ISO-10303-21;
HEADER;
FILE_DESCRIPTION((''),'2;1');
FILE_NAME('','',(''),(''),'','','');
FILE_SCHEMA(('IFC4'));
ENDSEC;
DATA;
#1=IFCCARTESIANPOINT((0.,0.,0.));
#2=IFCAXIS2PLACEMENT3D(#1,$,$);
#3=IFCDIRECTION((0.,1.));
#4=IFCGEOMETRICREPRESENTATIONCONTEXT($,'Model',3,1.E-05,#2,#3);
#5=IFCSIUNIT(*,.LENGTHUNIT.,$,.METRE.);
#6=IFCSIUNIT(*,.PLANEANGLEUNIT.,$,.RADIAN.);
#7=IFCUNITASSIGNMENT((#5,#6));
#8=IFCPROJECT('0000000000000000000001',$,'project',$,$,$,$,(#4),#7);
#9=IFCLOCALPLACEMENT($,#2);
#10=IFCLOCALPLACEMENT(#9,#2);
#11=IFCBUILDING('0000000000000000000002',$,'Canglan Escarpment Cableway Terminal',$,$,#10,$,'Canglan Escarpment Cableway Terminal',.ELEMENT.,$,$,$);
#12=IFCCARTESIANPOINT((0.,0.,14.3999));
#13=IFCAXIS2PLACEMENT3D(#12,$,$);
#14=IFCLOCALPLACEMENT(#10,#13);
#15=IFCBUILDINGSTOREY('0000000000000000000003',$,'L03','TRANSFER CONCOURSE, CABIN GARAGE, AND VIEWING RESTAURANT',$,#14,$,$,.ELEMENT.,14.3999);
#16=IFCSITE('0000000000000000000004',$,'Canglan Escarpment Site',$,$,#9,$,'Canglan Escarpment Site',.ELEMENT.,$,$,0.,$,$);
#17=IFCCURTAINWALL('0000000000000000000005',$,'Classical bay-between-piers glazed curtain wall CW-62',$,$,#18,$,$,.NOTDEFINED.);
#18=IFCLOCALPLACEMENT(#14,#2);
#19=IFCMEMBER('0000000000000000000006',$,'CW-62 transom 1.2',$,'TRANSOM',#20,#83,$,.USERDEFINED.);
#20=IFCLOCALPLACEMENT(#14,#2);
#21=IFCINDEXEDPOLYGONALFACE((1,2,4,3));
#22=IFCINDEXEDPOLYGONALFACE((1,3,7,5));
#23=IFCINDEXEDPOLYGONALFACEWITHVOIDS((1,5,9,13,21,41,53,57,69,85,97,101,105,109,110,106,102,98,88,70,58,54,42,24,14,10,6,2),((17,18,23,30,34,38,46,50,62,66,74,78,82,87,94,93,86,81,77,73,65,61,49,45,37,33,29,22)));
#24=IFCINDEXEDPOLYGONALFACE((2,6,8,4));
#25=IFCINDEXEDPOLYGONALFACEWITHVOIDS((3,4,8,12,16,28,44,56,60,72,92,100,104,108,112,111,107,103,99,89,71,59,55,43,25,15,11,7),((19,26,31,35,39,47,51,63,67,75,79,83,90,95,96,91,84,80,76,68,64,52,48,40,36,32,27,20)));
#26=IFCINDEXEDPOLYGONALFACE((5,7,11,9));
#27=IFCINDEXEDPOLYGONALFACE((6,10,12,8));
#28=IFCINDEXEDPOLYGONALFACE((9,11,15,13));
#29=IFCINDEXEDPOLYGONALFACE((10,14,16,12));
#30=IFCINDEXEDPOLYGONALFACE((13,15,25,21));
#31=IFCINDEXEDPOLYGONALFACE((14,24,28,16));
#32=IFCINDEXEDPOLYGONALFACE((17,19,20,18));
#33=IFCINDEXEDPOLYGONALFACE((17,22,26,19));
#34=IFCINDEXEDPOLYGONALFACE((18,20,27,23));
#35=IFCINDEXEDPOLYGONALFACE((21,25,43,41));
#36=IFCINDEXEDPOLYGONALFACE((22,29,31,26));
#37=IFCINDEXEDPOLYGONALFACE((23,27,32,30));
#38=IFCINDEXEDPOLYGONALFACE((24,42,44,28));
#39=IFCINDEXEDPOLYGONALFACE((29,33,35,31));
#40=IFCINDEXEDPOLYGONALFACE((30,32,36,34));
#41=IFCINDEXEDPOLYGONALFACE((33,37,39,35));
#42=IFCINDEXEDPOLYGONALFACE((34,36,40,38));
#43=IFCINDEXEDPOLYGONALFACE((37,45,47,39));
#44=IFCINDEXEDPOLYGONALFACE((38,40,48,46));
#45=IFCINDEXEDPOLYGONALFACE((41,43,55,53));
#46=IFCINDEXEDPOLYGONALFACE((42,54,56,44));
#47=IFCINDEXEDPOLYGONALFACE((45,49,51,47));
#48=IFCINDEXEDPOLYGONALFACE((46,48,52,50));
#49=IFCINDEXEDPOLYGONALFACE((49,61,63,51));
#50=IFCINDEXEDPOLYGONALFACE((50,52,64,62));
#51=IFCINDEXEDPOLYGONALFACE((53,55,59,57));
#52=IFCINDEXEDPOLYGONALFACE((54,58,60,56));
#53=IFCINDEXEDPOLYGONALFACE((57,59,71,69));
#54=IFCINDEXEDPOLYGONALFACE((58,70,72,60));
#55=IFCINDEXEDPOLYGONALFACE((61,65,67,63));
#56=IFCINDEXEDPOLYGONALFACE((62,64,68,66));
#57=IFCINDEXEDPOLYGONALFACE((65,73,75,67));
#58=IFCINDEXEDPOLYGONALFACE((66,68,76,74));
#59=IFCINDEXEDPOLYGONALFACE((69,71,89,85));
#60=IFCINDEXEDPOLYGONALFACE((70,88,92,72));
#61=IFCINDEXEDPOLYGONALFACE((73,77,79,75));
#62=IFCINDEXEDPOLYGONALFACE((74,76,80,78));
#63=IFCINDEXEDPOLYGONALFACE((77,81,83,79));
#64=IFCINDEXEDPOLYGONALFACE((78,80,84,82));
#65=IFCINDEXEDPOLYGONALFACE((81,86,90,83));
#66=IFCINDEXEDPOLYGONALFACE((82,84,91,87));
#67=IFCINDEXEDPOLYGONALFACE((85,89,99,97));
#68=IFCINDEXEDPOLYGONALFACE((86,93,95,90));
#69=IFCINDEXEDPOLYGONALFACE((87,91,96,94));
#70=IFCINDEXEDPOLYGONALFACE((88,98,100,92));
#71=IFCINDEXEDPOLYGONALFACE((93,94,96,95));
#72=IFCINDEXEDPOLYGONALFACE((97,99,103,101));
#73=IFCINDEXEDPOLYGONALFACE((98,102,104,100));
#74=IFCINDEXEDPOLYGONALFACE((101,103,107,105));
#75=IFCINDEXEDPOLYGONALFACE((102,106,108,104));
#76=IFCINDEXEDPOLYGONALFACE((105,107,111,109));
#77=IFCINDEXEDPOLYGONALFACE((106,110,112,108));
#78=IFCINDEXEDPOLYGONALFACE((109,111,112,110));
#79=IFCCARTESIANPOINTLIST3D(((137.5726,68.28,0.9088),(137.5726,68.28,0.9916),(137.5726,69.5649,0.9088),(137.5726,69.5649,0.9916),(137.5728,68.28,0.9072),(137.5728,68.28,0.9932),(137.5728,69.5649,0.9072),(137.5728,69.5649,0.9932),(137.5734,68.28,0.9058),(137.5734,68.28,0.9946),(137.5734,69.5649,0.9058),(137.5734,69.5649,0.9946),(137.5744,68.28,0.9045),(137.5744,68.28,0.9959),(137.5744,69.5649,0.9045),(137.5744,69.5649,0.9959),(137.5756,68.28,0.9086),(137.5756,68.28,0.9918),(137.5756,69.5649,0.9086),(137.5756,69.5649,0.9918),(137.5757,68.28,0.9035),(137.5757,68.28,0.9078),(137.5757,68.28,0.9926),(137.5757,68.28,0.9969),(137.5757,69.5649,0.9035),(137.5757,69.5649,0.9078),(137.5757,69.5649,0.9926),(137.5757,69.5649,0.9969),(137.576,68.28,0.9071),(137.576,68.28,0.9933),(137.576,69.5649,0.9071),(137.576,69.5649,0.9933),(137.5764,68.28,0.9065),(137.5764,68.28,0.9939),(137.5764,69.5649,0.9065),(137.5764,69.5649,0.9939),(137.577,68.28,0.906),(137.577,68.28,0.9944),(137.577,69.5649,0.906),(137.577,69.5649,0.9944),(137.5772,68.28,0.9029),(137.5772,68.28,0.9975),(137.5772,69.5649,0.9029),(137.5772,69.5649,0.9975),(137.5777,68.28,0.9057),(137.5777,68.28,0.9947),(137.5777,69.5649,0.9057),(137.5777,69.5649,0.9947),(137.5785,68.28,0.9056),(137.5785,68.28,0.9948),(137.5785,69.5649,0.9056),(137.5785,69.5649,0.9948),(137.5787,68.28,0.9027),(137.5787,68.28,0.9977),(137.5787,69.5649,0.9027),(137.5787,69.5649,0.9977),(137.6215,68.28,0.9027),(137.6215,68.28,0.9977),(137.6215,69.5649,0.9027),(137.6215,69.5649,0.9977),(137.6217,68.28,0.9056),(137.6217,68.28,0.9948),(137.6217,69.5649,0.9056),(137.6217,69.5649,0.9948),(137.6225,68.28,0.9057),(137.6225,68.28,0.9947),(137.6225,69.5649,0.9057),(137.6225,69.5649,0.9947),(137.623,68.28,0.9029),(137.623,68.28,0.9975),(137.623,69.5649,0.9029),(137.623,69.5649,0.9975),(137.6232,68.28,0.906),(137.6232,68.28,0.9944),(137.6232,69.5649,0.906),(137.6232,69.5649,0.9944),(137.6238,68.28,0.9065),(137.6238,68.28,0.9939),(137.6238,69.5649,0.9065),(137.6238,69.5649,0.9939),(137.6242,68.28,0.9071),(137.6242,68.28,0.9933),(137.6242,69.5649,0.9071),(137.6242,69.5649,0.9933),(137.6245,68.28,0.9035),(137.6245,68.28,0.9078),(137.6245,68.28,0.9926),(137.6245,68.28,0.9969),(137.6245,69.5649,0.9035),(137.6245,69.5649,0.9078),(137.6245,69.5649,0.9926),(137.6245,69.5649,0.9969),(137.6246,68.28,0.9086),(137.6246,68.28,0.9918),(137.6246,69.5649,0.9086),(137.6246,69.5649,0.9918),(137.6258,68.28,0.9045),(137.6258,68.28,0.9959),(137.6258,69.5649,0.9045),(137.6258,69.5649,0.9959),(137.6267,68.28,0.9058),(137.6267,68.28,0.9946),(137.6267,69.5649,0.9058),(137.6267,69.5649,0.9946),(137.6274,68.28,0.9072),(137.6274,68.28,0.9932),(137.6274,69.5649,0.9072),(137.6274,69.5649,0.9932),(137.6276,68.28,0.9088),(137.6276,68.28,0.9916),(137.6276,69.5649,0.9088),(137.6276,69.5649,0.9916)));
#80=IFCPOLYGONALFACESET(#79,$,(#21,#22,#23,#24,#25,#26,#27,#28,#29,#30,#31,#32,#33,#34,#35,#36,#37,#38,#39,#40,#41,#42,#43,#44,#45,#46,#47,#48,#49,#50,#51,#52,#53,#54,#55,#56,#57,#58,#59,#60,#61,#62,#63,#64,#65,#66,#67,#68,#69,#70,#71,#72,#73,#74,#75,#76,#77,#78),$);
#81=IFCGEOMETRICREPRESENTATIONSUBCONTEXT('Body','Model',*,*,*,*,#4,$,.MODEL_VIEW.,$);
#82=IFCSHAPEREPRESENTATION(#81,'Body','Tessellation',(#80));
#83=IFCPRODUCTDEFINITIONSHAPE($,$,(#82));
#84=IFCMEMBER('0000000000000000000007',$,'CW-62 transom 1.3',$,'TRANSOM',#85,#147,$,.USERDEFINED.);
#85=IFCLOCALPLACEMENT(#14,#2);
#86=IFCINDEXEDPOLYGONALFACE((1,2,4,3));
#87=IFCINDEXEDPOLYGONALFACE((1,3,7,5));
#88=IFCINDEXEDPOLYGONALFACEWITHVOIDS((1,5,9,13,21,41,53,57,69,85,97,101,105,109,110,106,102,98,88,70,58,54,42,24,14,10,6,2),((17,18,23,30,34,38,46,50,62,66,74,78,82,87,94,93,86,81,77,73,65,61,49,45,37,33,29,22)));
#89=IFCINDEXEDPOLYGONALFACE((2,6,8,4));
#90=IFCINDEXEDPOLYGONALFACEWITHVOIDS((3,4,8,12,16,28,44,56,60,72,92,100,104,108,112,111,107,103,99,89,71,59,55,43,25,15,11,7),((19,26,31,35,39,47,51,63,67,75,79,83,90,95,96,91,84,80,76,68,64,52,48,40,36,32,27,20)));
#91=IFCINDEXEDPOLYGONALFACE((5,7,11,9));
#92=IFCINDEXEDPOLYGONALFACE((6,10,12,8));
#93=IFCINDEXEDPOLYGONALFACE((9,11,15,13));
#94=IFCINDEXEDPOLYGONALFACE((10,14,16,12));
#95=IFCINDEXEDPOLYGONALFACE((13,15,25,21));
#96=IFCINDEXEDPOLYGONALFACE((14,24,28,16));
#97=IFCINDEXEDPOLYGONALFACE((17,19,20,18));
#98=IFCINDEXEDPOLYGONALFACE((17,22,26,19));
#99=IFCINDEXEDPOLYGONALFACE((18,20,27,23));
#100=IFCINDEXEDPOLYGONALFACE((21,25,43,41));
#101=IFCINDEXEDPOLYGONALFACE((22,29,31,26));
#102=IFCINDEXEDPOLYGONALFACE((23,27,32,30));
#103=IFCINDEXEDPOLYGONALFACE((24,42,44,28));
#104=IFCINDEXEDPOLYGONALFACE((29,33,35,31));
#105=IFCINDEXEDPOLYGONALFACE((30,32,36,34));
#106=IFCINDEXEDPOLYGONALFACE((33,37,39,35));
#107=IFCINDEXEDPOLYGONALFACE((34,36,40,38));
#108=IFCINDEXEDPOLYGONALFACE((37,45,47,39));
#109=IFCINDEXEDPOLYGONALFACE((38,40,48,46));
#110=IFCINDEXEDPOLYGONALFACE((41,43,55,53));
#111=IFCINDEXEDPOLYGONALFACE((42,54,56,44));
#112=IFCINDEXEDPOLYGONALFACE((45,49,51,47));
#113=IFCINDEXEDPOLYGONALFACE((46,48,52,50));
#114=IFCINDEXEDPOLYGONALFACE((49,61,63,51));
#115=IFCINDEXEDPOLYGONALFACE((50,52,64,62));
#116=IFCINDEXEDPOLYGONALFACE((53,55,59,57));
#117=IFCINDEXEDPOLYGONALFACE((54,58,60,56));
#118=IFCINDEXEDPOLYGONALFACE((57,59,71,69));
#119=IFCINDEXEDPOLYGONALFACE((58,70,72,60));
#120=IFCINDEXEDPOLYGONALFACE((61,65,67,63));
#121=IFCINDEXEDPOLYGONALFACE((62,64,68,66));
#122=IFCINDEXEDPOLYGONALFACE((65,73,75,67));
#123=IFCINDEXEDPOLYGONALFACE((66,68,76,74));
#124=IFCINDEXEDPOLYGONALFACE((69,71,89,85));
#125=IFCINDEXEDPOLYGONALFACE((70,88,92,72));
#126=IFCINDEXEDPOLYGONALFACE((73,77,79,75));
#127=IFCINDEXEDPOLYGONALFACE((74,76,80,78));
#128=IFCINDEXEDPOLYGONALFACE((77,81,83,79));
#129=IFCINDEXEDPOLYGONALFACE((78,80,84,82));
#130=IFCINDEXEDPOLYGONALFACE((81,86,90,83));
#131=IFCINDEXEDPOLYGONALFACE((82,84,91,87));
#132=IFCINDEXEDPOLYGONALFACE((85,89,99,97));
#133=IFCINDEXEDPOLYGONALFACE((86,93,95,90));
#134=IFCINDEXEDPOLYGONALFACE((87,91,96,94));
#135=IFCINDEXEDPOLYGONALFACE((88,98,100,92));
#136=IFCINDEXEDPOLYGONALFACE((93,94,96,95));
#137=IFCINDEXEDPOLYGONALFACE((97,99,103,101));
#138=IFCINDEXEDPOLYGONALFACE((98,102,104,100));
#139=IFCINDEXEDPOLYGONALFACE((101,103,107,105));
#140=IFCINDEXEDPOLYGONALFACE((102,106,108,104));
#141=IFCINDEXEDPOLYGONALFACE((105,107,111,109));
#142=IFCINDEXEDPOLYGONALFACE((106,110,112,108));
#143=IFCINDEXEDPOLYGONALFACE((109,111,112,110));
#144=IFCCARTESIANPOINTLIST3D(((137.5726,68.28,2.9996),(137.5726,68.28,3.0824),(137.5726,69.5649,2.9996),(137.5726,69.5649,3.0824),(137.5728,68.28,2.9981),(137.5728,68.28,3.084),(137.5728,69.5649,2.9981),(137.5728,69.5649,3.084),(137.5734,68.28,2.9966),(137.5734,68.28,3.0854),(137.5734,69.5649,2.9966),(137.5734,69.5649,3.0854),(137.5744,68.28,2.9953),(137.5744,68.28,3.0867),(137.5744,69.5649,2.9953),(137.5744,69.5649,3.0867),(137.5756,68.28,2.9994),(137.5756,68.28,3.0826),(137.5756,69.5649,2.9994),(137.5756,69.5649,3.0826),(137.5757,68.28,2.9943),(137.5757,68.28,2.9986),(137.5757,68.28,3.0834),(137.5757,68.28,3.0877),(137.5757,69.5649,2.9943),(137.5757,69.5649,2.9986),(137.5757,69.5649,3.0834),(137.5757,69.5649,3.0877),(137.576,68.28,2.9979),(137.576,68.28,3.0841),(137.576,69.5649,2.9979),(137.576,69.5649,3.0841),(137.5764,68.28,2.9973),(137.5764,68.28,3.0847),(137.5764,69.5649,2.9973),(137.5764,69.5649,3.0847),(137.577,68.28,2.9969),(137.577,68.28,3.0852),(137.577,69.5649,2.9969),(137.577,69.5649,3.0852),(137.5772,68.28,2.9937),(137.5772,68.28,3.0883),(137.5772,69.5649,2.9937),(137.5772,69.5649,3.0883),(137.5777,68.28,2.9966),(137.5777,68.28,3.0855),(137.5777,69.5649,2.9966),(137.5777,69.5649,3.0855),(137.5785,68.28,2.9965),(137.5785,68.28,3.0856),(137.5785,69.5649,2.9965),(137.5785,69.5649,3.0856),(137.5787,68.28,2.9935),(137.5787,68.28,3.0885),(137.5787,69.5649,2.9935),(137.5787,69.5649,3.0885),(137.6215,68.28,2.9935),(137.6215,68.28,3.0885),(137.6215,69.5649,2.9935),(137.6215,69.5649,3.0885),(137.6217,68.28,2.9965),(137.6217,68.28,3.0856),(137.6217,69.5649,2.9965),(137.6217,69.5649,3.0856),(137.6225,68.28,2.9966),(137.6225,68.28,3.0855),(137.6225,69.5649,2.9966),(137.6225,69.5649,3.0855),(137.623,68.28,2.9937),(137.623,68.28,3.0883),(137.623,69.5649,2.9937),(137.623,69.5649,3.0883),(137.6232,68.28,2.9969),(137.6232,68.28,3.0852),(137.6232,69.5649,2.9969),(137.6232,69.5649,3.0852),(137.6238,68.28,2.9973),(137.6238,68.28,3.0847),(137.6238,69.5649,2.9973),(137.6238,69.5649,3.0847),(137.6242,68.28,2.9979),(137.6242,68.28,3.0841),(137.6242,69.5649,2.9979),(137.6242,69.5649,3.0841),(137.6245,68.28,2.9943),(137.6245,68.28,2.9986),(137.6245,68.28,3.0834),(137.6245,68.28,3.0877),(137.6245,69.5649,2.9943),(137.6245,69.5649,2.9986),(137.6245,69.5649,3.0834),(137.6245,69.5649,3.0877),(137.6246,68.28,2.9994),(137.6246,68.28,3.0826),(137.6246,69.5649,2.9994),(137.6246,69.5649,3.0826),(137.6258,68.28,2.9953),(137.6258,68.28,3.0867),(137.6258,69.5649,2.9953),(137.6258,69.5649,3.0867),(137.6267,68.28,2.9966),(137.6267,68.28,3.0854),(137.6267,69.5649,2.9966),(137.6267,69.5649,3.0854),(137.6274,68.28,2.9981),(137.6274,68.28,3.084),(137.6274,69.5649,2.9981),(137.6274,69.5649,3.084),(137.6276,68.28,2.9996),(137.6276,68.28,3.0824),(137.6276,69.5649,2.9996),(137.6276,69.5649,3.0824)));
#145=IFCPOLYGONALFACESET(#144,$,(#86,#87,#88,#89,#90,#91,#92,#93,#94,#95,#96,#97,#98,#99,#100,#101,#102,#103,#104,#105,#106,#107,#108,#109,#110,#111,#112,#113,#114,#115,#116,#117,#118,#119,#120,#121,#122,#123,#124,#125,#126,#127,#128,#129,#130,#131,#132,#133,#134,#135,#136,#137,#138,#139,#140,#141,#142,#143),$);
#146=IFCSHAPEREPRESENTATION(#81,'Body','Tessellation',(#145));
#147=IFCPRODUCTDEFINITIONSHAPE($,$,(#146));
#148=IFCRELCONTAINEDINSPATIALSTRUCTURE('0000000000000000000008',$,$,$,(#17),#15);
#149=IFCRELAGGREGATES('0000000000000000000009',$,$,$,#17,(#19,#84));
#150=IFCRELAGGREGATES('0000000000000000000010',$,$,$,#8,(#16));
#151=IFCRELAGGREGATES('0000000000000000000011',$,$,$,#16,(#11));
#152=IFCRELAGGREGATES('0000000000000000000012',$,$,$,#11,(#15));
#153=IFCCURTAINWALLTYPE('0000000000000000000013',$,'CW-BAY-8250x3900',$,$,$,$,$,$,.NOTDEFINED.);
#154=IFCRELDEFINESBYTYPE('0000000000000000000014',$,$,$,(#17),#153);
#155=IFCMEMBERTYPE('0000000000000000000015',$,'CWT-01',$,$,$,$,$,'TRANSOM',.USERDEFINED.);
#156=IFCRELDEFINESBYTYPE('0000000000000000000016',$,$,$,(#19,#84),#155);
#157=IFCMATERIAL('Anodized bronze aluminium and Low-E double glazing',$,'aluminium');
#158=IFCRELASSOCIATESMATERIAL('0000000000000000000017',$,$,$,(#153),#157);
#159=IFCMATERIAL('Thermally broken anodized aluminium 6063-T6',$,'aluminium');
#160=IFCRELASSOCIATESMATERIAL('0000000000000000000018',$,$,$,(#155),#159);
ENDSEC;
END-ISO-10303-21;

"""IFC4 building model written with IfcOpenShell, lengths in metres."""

from ifc_helpers import new_model, si_unit, direction, frame, origin, origin_2d, place, context, subcontext, project, spatial, hollow_rectangle, extrude, material, material_profile, profile_set, type_object, element, aggregate, save


model = new_model("IFC4")

# Units and contexts
model_context = context("Model", 3, precision=1e-05, world=origin(), true_north=direction((0.0, 1.0)))
body_context = subcontext(model_context, "Body", "Model", "MODEL_VIEW")
ifc_project = project(units=[si_unit("LENGTHUNIT", "METRE"), si_unit("PLANEANGLEUNIT", "RADIAN")], contexts=[model_context])

# Site, building, storey
site_placement = place(None, origin())
site = spatial("IfcSite", under=ifc_project, at=site_placement, Name="Canglan Escarpment Site", LongName="Canglan Escarpment Site", CompositionType="ELEMENT", RefElevation=0.0)
building_placement = place(site_placement, origin())
building = spatial("IfcBuilding", under=site, at=building_placement, Name="Canglan Escarpment Cableway Terminal", LongName="Canglan Escarpment Cableway Terminal", CompositionType="ELEMENT")
storey_placement = place(building_placement, frame((0.0, 0.0, 14.3999)))
storey = spatial("IfcBuildingStorey", under=building, at=storey_placement, Name="L03", Description="TRANSFER CONCOURSE, CABIN GARAGE, AND VIEWING RESTAURANT", CompositionType="ELEMENT", Elevation=14.3999)

# Curtain wall, members
ifc_material_1 = material(Name="Anodized bronze aluminium and Low-E double glazing", Category="aluminium")
curtain_wall_type = type_object("IfcCurtainWallType", Name="CW-BAY-8250x3900", PredefinedType="NOTDEFINED", material=ifc_material_1)
curtain_wall_placement = place(storey_placement, origin())
curtain_wall = element("IfcCurtainWall", 1, at=curtain_wall_placement, inside=storey, type_object=curtain_wall_type, Name="Classical bay-between-piers glazed curtain wall CW-62", PredefinedType="NOTDEFINED")
ifc_material_2 = material(Name="Thermally broken anodized aluminium 6063-T6", Category="aluminium")
ifc_material_profile_1 = material_profile(ifc_material_2, hollow_rectangle(XDim=0.0549, YDim=0.095, WallThickness=0.0029, InnerFilletRadius=0.0029, OuterFilletRadius=0.0061, at=origin_2d()), Name="ALU-TRAN 55x95x3")
ifc_profile_set_1 = profile_set([ifc_material_profile_1], Name="Thermally broken anodized aluminium 6063-T6")
member_type_1 = type_object("IfcMemberType", Name="CWT-01", ElementType="TRANSOM", PredefinedType="USERDEFINED", material=ifc_profile_set_1)
member_1_placement = place(storey_placement, frame((137.6001, 69.5649, 0.9502), z_axis=(0.0, -1.0, 0.0), x_axis=(1.0, 0.0, 0.0)))
member_1 = element("IfcMember", 2, at=member_1_placement, type_object=member_type_1, Name="CW-62 transom 1.2", ObjectType="TRANSOM", PredefinedType="USERDEFINED", context=body_context, shape_type="SweptSolid", body=[
    extrude(hollow_rectangle(XDim=0.0549, YDim=0.095, WallThickness=0.0029, InnerFilletRadius=0.0029, OuterFilletRadius=0.0061, at=origin_2d()), origin(), (0.0, 0.0, 1.0), 1.2849),
])
member_2_placement = place(storey_placement, frame((137.6001, 69.5649, 3.041), z_axis=(0.0, -1.0, 0.0), x_axis=(1.0, 0.0, 0.0)))
member_2 = element("IfcMember", 3, at=member_2_placement, type_object=member_type_1, Name="CW-62 transom 1.3", ObjectType="TRANSOM", PredefinedType="USERDEFINED", context=body_context, shape_type="SweptSolid", body=[
    extrude(hollow_rectangle(XDim=0.0549, YDim=0.095, WallThickness=0.0029, InnerFilletRadius=0.0029, OuterFilletRadius=0.0061, at=origin_2d()), origin(), (0.0, 0.0, 1.0), 1.2849),
])

aggregate(curtain_wall, [member_1, member_2])

save(model, "model.ifc")
